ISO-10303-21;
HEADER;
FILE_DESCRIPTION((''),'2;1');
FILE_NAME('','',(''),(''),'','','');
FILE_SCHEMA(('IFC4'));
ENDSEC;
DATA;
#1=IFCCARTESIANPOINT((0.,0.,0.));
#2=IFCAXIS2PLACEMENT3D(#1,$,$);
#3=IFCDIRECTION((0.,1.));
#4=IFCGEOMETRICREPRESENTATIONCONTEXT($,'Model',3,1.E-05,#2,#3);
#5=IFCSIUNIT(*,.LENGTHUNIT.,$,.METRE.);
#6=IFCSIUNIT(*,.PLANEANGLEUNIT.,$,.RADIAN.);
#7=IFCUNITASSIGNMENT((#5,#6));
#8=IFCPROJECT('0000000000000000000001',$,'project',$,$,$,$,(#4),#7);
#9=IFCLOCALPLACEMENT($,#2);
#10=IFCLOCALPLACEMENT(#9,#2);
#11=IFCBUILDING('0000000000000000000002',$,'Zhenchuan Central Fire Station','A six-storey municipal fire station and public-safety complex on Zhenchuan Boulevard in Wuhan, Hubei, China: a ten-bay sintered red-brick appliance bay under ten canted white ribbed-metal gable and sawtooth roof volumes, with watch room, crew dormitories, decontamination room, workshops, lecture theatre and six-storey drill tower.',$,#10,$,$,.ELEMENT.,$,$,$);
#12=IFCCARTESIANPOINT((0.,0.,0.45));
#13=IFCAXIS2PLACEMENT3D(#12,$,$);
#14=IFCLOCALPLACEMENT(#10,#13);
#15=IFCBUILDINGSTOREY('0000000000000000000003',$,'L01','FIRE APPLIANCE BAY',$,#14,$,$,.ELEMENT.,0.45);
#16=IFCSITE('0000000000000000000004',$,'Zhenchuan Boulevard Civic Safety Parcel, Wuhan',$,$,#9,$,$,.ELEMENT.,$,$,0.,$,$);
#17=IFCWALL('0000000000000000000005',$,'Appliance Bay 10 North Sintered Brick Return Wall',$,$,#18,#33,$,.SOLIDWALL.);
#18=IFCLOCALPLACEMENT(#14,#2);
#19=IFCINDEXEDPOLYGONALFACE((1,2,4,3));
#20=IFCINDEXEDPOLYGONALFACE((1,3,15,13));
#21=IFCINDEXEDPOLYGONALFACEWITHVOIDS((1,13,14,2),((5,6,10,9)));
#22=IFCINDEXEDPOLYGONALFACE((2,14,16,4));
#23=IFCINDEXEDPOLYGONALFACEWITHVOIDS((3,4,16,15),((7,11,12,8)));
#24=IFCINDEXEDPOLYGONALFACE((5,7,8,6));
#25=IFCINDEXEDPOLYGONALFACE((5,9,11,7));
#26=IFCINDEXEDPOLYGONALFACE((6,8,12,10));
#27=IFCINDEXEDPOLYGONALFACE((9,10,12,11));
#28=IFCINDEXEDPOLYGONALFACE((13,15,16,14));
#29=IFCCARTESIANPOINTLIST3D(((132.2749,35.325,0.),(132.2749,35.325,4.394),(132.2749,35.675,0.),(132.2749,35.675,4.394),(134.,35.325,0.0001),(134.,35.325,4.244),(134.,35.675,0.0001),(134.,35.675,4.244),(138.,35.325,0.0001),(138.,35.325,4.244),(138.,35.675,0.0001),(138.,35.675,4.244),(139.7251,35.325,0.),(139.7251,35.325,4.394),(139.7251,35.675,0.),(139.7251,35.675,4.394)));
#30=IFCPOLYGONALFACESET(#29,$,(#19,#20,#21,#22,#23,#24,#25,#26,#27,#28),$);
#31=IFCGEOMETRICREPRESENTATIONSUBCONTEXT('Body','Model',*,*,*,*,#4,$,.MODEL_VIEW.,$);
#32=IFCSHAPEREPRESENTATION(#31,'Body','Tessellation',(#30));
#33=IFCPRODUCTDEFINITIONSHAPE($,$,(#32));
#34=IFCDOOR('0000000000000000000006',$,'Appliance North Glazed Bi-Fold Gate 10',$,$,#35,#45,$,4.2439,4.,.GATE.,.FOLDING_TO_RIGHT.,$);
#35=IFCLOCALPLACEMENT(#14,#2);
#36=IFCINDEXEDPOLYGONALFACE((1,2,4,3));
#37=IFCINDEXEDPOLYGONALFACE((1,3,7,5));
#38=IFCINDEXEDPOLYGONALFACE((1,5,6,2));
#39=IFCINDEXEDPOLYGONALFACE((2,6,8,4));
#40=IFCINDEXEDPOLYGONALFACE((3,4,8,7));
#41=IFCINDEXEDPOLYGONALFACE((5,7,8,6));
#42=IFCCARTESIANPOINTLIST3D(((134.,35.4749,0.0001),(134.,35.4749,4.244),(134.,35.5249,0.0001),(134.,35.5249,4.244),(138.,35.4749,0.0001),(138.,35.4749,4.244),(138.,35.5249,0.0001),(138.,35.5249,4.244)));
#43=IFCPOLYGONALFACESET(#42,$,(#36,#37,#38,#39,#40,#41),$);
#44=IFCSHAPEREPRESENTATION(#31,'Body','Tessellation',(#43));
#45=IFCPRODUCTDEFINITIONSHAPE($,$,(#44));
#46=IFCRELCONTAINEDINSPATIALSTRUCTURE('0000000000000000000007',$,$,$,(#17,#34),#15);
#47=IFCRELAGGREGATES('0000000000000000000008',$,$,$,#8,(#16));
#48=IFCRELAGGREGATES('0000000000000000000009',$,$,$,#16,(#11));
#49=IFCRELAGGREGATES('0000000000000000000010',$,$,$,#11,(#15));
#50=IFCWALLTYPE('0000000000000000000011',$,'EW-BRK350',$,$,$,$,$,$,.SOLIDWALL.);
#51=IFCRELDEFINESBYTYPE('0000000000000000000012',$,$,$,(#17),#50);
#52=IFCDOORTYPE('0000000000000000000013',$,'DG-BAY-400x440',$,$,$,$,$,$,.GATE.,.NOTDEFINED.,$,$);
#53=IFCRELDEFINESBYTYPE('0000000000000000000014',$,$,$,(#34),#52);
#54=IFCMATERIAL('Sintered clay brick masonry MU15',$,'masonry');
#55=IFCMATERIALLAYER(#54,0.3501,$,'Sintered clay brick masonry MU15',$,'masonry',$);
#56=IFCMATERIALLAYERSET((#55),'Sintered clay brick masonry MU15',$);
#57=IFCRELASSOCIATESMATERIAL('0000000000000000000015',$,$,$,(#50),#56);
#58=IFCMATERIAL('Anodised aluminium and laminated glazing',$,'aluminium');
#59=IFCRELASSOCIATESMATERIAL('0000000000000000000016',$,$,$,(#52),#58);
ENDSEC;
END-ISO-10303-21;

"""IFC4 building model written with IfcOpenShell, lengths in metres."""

from ifc_helpers import new_model, si_unit, direction, frame, frame_2d, origin, place, context, subcontext, project, spatial, rectangle, extrude, material, layer, layer_set, type_object, element, fill, save


model = new_model("IFC4")

# Units and contexts
model_context = context("Model", 3, precision=1e-05, world=origin(), true_north=direction((0.0, 1.0)))
body_context = subcontext(model_context, "Body", "Model", "MODEL_VIEW")
ifc_project = project(units=[si_unit("LENGTHUNIT", "METRE"), si_unit("PLANEANGLEUNIT", "RADIAN")], contexts=[model_context])

# Site, building, storey
site_placement = place(None, origin())
site = spatial("IfcSite", under=ifc_project, at=site_placement, Name="Zhenchuan Boulevard Civic Safety Parcel, Wuhan", CompositionType="ELEMENT", RefElevation=0.0)
building_placement = place(site_placement, origin())
building = spatial("IfcBuilding", under=site, at=building_placement, Name="Zhenchuan Central Fire Station", Description="A six-storey municipal fire station and public-safety complex on Zhenchuan Boulevard in Wuhan, Hubei, China: a ten-bay sintered red-brick appliance bay under ten canted white ribbed-metal gable and sawtooth roof volumes, with watch room, crew dormitories, decontamination room, workshops, lecture theatre and six-storey drill tower.", CompositionType="ELEMENT")
storey_placement = place(building_placement, frame((0.0, 0.0, 0.45)))
storey = spatial("IfcBuildingStorey", under=building, at=storey_placement, Name="L01", Description="FIRE APPLIANCE BAY", CompositionType="ELEMENT", Elevation=0.45)

# Shared definitions
ifc_material_1 = material(Name="Sintered clay brick masonry MU15", Category="masonry")

# Wall, opening, door
ifc_layer_1 = layer(ifc_material_1, 0.3501, Name="Sintered clay brick masonry MU15", Category="masonry")
ifc_layer_set_1 = layer_set([ifc_layer_1], Name="Sintered clay brick masonry MU15")
wall_type_1 = type_object("IfcWallType", Name="EW-BRK350", PredefinedType="SOLIDWALL", material=ifc_layer_set_1)
wall_1_placement = place(storey_placement, frame((132.2749, 35.5, 0.0), z_axis=(0.0, 0.0, 1.0), x_axis=(1.0, 0.0, 0.0)))
wall_1 = element("IfcWall", 1, at=wall_1_placement, inside=storey, type_object=wall_type_1, Name="Appliance Bay 10 North Sintered Brick Return Wall", PredefinedType="SOLIDWALL", context=body_context, shape_type="SweptSolid", body=[
    extrude(rectangle(XDim=7.4502, YDim=0.3501, at=frame_2d((3.7251, 0.0))), origin(), (0.0, 0.0, 1.0), 4.394),
])
opening_1_placement = place(wall_1_placement, frame((1.7251, 0.0, 0.0)))
opening_1 = element("IfcOpeningElement", 2, at=opening_1_placement, cuts=wall_1, PredefinedType="OPENING", context=body_context, shape_type="SweptSolid", body=[
    extrude(rectangle(XDim=4.0, YDim=4.2439, at=frame_2d((2.0, 2.1221))), frame((0.0, 0.1851, 0.0), z_axis=(0.0, -1.0, 0.0), x_axis=(1.0, 0.0, 0.0)), (0.0, 0.0, 1.0), 0.3701),
])
ifc_material_2 = material(Name="Anodised aluminium and laminated glazing", Category="aluminium")
door_type = type_object("IfcDoorType", Name="DG-BAY-400x440", OperationType="NOTDEFINED", PredefinedType="GATE", material=ifc_material_2)
door_placement = place(opening_1_placement, origin())
door = element("IfcDoor", 3, at=door_placement, inside=storey, type_object=door_type, Name="Appliance North Glazed Bi-Fold Gate 10", OperationType="FOLDING_TO_RIGHT", OverallHeight=4.2439, OverallWidth=4.0, PredefinedType="GATE", context=body_context, shape_type="SweptSolid", body=[
    extrude(rectangle(XDim=4.0, YDim=4.2439, at=frame_2d((2.0, 2.1221))), frame((0.0, 0.0249, 0.0), z_axis=(0.0, -1.0, 0.0), x_axis=(1.0, 0.0, 0.0)), (0.0, 0.0, 1.0), 0.05),
])
fill(opening_1, door)

save(model, "model.ifc")
